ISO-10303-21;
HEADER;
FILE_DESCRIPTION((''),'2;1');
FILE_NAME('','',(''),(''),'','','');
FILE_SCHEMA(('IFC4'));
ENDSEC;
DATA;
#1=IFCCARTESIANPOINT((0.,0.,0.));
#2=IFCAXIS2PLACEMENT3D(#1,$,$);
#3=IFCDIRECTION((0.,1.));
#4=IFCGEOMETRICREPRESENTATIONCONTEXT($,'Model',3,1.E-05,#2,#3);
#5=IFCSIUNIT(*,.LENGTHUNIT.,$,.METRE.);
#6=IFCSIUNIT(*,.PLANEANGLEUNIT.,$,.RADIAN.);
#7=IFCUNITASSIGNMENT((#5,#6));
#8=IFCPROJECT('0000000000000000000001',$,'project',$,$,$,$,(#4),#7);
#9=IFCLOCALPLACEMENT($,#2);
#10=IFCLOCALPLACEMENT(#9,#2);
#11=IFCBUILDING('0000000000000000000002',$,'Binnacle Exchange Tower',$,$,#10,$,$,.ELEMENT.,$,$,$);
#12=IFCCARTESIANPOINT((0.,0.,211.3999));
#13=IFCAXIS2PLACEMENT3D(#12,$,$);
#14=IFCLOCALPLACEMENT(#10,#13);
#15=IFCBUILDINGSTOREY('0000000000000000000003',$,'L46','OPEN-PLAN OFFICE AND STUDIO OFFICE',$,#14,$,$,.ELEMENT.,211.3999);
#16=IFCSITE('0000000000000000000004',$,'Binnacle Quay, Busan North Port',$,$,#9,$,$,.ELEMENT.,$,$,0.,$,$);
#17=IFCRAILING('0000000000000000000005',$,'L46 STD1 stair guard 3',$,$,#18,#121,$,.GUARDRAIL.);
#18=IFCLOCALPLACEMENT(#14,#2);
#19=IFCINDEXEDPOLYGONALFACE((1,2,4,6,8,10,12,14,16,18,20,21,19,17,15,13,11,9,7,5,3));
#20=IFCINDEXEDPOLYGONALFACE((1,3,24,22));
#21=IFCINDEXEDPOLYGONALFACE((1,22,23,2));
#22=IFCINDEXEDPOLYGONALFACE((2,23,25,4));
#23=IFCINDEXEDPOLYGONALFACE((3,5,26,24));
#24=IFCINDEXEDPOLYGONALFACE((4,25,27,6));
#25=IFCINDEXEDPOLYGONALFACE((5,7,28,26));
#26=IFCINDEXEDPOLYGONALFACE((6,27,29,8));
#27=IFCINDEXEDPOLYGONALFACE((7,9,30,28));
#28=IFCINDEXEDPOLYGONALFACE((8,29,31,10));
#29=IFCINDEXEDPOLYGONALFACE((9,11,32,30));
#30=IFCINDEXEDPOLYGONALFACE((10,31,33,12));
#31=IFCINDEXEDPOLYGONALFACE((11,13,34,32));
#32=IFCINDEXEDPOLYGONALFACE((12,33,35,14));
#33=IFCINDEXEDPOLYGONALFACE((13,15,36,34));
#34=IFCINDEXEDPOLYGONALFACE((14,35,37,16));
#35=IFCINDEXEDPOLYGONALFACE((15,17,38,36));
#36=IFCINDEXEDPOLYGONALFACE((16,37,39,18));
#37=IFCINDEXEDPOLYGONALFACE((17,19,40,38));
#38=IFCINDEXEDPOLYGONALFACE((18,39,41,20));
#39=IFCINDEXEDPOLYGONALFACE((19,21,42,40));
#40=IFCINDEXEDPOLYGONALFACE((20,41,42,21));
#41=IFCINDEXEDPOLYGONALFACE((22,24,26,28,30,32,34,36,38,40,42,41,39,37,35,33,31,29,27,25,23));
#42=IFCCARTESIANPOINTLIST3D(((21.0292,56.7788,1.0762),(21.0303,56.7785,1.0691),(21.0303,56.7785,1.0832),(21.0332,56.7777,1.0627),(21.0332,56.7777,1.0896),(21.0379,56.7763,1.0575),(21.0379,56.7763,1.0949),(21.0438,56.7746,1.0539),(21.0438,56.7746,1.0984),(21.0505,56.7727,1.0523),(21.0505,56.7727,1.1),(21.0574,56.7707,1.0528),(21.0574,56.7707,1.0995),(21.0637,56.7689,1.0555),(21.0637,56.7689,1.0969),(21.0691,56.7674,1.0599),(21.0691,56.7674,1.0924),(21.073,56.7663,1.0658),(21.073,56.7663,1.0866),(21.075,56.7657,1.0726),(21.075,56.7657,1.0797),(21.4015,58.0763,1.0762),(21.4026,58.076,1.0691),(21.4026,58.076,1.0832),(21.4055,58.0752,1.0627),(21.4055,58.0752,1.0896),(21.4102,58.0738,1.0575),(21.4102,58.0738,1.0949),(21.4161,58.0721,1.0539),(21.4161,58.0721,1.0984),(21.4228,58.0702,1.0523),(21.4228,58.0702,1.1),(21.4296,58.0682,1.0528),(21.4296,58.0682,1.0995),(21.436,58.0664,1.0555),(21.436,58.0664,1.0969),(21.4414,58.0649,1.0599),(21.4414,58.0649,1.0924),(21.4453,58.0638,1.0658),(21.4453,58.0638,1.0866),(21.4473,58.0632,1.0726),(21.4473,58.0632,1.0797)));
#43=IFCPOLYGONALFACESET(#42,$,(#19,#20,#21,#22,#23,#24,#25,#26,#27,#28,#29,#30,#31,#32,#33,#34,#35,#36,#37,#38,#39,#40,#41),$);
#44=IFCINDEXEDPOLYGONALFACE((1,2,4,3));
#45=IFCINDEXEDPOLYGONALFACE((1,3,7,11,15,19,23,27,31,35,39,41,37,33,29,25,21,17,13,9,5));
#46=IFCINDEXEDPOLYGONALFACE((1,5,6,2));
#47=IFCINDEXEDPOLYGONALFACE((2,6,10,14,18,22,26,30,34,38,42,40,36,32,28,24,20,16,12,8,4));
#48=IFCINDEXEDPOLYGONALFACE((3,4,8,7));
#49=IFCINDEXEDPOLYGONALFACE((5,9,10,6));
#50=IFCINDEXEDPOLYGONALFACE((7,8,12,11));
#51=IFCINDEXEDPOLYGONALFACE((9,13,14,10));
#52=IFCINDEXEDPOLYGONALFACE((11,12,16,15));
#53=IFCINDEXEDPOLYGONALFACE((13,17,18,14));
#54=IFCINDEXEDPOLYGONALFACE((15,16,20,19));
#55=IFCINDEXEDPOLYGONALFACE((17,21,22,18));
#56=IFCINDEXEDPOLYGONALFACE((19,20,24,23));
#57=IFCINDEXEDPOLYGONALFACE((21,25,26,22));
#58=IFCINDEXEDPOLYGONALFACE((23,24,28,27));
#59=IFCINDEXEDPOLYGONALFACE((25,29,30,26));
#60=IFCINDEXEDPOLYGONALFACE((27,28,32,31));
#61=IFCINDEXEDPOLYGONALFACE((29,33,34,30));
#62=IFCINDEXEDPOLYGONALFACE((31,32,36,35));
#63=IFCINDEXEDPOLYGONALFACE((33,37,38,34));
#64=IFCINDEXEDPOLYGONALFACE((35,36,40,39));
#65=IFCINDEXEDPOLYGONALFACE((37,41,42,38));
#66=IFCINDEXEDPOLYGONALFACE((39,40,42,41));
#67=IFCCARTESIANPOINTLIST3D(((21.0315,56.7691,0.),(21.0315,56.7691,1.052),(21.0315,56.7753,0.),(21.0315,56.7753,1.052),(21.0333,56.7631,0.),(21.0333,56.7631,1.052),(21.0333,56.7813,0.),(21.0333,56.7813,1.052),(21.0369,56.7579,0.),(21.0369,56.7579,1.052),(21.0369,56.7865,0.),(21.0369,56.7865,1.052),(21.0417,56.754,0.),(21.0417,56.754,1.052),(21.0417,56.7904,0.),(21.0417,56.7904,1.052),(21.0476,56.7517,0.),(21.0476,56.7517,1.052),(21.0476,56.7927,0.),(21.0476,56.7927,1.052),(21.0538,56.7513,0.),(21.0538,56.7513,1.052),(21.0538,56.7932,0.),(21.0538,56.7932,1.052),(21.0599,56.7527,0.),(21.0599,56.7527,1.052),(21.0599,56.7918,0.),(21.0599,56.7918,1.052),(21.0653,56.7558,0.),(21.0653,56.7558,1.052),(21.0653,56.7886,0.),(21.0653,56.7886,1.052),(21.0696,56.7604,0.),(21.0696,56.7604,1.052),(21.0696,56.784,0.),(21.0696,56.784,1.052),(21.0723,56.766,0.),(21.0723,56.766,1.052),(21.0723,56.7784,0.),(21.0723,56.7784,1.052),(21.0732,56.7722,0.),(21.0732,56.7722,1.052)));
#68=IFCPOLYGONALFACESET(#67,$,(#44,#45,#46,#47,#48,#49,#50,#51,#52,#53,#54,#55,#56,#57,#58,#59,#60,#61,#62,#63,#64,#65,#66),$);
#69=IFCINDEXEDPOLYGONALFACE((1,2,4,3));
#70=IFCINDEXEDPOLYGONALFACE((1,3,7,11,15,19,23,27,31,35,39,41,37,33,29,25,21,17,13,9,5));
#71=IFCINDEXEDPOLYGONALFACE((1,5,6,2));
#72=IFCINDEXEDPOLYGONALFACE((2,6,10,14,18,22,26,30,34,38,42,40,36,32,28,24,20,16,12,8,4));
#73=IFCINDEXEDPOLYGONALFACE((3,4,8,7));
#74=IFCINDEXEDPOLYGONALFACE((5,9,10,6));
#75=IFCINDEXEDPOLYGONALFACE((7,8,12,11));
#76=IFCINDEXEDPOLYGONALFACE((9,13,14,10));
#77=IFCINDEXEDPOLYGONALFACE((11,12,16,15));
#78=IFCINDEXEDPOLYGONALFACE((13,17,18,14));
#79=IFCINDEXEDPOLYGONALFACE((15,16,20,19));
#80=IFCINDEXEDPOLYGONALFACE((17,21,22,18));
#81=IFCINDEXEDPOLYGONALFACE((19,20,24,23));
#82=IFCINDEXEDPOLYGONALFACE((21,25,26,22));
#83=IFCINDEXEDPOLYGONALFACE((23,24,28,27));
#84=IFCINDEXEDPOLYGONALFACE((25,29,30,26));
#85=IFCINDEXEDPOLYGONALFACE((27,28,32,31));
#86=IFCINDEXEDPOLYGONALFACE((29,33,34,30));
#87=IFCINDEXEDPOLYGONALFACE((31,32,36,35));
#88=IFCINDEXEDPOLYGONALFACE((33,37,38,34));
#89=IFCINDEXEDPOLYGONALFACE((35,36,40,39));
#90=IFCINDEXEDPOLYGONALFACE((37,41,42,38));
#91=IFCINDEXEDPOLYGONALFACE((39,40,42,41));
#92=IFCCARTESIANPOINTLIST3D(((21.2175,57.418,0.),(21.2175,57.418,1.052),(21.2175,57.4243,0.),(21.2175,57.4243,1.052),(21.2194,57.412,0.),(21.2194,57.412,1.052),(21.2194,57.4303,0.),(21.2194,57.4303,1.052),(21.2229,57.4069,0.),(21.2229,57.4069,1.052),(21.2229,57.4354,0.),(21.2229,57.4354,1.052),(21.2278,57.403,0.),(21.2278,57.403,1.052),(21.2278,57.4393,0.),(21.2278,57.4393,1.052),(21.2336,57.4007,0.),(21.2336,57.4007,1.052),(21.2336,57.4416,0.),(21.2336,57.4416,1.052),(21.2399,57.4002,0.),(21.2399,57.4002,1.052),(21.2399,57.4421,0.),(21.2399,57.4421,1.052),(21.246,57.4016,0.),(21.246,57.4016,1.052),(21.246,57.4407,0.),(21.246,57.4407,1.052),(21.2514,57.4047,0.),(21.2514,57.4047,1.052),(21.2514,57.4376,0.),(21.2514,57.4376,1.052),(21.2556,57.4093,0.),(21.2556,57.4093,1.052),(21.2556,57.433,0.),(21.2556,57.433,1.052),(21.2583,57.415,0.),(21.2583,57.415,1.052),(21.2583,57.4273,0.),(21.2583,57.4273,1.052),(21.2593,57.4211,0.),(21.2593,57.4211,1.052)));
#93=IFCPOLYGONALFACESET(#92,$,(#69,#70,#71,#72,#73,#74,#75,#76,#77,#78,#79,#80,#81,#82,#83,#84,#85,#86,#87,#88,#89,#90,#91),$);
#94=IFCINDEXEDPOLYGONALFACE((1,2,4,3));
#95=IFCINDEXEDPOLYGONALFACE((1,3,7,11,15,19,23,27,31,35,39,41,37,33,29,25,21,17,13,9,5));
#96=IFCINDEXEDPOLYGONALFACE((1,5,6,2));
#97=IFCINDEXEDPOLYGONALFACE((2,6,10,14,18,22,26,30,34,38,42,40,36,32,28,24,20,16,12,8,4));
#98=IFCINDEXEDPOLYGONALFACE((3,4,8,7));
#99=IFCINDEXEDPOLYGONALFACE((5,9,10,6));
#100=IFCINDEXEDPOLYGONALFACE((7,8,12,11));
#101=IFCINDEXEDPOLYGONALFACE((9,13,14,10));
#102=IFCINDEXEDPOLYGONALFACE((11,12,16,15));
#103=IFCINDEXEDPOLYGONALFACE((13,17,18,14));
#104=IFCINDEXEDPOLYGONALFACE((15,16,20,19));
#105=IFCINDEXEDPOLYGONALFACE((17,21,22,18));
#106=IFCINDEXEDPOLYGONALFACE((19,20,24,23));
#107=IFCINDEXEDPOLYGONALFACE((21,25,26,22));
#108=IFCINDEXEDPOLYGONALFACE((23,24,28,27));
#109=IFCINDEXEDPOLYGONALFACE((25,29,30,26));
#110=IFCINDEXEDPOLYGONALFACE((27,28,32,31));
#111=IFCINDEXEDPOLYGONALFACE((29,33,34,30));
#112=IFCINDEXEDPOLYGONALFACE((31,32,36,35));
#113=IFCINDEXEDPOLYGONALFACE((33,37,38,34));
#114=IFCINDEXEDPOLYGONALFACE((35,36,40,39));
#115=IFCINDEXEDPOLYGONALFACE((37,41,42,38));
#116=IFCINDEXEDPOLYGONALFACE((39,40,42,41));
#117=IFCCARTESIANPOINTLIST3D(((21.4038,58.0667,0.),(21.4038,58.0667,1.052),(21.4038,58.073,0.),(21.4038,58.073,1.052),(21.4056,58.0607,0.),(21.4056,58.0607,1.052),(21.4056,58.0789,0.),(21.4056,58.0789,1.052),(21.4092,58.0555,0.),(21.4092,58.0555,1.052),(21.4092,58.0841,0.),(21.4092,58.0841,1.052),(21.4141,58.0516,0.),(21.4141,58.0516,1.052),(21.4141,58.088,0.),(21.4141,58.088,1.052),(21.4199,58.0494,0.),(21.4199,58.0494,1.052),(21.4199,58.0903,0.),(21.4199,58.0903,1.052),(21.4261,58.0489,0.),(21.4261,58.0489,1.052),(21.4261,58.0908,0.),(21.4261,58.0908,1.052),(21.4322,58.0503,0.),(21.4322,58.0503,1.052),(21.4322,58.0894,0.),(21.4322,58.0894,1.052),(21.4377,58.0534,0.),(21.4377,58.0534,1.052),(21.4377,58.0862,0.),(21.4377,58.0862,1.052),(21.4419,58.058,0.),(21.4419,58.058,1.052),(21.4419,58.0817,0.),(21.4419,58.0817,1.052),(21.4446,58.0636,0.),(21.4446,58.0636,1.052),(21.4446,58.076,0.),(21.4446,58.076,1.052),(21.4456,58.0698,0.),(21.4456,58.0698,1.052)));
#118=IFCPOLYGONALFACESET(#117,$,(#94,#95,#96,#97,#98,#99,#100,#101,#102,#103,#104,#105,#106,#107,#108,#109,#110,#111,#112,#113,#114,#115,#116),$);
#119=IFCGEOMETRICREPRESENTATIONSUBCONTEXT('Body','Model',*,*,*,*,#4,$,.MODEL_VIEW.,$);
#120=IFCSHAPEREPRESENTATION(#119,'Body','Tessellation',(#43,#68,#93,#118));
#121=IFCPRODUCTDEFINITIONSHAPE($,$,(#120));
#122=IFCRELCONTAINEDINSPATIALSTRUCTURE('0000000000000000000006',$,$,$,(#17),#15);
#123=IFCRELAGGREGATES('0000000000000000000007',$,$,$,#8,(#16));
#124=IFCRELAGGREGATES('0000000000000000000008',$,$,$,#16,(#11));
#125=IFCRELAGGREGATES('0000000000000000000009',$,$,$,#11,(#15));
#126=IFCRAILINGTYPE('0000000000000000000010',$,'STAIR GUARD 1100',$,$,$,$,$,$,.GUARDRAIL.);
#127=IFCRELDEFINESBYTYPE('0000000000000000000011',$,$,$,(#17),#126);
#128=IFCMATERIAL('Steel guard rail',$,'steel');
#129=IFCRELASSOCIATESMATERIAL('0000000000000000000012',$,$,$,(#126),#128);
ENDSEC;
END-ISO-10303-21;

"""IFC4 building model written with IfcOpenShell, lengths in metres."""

from ifc_helpers import new_model, si_unit, direction, frame, origin, origin_2d, place, context, subcontext, project, spatial, circle, extrude, material, type_object, element, save


model = new_model("IFC4")

# Units and contexts
model_context = context("Model", 3, precision=1e-05, world=origin(), true_north=direction((0.0, 1.0)))
body_context = subcontext(model_context, "Body", "Model", "MODEL_VIEW")
ifc_project = project(units=[si_unit("LENGTHUNIT", "METRE"), si_unit("PLANEANGLEUNIT", "RADIAN")], contexts=[model_context])

# Site, building, storey
site_placement = place(None, origin())
site = spatial("IfcSite", under=ifc_project, at=site_placement, Name="Binnacle Quay, Busan North Port", CompositionType="ELEMENT", RefElevation=0.0)
building_placement = place(site_placement, origin())
building = spatial("IfcBuilding", under=site, at=building_placement, Name="Binnacle Exchange Tower", CompositionType="ELEMENT")
storey_placement = place(building_placement, frame((0.0, 0.0, 211.3999)))
storey = spatial("IfcBuildingStorey", under=building, at=storey_placement, Name="L46", Description="OPEN-PLAN OFFICE AND STUDIO OFFICE", CompositionType="ELEMENT", Elevation=211.3999)

# Railing
ifc_material_1 = material(Name="Steel guard rail", Category="steel")
railing_type_1 = type_object("IfcRailingType", Name="STAIR GUARD 1100", PredefinedType="GUARDRAIL", material=ifc_material_1)
railing_1_placement = place(storey_placement, frame((21.0522, 56.7722, 0.0)))
element("IfcRailing", 1, at=railing_1_placement, inside=storey, type_object=railing_type_1, Name="L46 STD1 stair guard 3", PredefinedType="GUARDRAIL", context=body_context, shape_type="SweptSolid", body=[
    extrude(circle(Radius=0.0239, at=origin_2d()), frame((0.0, 0.0, 1.0762), z_axis=(0.275796, 0.961216, 0.0), x_axis=(-0.961216, 0.275796, 0.0)), (0.0, 0.0, 1.0), 1.3499),
    extrude(circle(Radius=0.021, at=origin_2d()), origin(), (0.0, 0.0, 1.0), 1.052),
    extrude(circle(Radius=0.021, at=origin_2d()), frame((0.186, 0.6489, 0.0)), (0.0, 0.0, 1.0), 1.052),
    extrude(circle(Radius=0.021, at=origin_2d()), frame((0.3723, 1.2976, 0.0)), (0.0, 0.0, 1.0), 1.052),
])

save(model, "model.ifc")
